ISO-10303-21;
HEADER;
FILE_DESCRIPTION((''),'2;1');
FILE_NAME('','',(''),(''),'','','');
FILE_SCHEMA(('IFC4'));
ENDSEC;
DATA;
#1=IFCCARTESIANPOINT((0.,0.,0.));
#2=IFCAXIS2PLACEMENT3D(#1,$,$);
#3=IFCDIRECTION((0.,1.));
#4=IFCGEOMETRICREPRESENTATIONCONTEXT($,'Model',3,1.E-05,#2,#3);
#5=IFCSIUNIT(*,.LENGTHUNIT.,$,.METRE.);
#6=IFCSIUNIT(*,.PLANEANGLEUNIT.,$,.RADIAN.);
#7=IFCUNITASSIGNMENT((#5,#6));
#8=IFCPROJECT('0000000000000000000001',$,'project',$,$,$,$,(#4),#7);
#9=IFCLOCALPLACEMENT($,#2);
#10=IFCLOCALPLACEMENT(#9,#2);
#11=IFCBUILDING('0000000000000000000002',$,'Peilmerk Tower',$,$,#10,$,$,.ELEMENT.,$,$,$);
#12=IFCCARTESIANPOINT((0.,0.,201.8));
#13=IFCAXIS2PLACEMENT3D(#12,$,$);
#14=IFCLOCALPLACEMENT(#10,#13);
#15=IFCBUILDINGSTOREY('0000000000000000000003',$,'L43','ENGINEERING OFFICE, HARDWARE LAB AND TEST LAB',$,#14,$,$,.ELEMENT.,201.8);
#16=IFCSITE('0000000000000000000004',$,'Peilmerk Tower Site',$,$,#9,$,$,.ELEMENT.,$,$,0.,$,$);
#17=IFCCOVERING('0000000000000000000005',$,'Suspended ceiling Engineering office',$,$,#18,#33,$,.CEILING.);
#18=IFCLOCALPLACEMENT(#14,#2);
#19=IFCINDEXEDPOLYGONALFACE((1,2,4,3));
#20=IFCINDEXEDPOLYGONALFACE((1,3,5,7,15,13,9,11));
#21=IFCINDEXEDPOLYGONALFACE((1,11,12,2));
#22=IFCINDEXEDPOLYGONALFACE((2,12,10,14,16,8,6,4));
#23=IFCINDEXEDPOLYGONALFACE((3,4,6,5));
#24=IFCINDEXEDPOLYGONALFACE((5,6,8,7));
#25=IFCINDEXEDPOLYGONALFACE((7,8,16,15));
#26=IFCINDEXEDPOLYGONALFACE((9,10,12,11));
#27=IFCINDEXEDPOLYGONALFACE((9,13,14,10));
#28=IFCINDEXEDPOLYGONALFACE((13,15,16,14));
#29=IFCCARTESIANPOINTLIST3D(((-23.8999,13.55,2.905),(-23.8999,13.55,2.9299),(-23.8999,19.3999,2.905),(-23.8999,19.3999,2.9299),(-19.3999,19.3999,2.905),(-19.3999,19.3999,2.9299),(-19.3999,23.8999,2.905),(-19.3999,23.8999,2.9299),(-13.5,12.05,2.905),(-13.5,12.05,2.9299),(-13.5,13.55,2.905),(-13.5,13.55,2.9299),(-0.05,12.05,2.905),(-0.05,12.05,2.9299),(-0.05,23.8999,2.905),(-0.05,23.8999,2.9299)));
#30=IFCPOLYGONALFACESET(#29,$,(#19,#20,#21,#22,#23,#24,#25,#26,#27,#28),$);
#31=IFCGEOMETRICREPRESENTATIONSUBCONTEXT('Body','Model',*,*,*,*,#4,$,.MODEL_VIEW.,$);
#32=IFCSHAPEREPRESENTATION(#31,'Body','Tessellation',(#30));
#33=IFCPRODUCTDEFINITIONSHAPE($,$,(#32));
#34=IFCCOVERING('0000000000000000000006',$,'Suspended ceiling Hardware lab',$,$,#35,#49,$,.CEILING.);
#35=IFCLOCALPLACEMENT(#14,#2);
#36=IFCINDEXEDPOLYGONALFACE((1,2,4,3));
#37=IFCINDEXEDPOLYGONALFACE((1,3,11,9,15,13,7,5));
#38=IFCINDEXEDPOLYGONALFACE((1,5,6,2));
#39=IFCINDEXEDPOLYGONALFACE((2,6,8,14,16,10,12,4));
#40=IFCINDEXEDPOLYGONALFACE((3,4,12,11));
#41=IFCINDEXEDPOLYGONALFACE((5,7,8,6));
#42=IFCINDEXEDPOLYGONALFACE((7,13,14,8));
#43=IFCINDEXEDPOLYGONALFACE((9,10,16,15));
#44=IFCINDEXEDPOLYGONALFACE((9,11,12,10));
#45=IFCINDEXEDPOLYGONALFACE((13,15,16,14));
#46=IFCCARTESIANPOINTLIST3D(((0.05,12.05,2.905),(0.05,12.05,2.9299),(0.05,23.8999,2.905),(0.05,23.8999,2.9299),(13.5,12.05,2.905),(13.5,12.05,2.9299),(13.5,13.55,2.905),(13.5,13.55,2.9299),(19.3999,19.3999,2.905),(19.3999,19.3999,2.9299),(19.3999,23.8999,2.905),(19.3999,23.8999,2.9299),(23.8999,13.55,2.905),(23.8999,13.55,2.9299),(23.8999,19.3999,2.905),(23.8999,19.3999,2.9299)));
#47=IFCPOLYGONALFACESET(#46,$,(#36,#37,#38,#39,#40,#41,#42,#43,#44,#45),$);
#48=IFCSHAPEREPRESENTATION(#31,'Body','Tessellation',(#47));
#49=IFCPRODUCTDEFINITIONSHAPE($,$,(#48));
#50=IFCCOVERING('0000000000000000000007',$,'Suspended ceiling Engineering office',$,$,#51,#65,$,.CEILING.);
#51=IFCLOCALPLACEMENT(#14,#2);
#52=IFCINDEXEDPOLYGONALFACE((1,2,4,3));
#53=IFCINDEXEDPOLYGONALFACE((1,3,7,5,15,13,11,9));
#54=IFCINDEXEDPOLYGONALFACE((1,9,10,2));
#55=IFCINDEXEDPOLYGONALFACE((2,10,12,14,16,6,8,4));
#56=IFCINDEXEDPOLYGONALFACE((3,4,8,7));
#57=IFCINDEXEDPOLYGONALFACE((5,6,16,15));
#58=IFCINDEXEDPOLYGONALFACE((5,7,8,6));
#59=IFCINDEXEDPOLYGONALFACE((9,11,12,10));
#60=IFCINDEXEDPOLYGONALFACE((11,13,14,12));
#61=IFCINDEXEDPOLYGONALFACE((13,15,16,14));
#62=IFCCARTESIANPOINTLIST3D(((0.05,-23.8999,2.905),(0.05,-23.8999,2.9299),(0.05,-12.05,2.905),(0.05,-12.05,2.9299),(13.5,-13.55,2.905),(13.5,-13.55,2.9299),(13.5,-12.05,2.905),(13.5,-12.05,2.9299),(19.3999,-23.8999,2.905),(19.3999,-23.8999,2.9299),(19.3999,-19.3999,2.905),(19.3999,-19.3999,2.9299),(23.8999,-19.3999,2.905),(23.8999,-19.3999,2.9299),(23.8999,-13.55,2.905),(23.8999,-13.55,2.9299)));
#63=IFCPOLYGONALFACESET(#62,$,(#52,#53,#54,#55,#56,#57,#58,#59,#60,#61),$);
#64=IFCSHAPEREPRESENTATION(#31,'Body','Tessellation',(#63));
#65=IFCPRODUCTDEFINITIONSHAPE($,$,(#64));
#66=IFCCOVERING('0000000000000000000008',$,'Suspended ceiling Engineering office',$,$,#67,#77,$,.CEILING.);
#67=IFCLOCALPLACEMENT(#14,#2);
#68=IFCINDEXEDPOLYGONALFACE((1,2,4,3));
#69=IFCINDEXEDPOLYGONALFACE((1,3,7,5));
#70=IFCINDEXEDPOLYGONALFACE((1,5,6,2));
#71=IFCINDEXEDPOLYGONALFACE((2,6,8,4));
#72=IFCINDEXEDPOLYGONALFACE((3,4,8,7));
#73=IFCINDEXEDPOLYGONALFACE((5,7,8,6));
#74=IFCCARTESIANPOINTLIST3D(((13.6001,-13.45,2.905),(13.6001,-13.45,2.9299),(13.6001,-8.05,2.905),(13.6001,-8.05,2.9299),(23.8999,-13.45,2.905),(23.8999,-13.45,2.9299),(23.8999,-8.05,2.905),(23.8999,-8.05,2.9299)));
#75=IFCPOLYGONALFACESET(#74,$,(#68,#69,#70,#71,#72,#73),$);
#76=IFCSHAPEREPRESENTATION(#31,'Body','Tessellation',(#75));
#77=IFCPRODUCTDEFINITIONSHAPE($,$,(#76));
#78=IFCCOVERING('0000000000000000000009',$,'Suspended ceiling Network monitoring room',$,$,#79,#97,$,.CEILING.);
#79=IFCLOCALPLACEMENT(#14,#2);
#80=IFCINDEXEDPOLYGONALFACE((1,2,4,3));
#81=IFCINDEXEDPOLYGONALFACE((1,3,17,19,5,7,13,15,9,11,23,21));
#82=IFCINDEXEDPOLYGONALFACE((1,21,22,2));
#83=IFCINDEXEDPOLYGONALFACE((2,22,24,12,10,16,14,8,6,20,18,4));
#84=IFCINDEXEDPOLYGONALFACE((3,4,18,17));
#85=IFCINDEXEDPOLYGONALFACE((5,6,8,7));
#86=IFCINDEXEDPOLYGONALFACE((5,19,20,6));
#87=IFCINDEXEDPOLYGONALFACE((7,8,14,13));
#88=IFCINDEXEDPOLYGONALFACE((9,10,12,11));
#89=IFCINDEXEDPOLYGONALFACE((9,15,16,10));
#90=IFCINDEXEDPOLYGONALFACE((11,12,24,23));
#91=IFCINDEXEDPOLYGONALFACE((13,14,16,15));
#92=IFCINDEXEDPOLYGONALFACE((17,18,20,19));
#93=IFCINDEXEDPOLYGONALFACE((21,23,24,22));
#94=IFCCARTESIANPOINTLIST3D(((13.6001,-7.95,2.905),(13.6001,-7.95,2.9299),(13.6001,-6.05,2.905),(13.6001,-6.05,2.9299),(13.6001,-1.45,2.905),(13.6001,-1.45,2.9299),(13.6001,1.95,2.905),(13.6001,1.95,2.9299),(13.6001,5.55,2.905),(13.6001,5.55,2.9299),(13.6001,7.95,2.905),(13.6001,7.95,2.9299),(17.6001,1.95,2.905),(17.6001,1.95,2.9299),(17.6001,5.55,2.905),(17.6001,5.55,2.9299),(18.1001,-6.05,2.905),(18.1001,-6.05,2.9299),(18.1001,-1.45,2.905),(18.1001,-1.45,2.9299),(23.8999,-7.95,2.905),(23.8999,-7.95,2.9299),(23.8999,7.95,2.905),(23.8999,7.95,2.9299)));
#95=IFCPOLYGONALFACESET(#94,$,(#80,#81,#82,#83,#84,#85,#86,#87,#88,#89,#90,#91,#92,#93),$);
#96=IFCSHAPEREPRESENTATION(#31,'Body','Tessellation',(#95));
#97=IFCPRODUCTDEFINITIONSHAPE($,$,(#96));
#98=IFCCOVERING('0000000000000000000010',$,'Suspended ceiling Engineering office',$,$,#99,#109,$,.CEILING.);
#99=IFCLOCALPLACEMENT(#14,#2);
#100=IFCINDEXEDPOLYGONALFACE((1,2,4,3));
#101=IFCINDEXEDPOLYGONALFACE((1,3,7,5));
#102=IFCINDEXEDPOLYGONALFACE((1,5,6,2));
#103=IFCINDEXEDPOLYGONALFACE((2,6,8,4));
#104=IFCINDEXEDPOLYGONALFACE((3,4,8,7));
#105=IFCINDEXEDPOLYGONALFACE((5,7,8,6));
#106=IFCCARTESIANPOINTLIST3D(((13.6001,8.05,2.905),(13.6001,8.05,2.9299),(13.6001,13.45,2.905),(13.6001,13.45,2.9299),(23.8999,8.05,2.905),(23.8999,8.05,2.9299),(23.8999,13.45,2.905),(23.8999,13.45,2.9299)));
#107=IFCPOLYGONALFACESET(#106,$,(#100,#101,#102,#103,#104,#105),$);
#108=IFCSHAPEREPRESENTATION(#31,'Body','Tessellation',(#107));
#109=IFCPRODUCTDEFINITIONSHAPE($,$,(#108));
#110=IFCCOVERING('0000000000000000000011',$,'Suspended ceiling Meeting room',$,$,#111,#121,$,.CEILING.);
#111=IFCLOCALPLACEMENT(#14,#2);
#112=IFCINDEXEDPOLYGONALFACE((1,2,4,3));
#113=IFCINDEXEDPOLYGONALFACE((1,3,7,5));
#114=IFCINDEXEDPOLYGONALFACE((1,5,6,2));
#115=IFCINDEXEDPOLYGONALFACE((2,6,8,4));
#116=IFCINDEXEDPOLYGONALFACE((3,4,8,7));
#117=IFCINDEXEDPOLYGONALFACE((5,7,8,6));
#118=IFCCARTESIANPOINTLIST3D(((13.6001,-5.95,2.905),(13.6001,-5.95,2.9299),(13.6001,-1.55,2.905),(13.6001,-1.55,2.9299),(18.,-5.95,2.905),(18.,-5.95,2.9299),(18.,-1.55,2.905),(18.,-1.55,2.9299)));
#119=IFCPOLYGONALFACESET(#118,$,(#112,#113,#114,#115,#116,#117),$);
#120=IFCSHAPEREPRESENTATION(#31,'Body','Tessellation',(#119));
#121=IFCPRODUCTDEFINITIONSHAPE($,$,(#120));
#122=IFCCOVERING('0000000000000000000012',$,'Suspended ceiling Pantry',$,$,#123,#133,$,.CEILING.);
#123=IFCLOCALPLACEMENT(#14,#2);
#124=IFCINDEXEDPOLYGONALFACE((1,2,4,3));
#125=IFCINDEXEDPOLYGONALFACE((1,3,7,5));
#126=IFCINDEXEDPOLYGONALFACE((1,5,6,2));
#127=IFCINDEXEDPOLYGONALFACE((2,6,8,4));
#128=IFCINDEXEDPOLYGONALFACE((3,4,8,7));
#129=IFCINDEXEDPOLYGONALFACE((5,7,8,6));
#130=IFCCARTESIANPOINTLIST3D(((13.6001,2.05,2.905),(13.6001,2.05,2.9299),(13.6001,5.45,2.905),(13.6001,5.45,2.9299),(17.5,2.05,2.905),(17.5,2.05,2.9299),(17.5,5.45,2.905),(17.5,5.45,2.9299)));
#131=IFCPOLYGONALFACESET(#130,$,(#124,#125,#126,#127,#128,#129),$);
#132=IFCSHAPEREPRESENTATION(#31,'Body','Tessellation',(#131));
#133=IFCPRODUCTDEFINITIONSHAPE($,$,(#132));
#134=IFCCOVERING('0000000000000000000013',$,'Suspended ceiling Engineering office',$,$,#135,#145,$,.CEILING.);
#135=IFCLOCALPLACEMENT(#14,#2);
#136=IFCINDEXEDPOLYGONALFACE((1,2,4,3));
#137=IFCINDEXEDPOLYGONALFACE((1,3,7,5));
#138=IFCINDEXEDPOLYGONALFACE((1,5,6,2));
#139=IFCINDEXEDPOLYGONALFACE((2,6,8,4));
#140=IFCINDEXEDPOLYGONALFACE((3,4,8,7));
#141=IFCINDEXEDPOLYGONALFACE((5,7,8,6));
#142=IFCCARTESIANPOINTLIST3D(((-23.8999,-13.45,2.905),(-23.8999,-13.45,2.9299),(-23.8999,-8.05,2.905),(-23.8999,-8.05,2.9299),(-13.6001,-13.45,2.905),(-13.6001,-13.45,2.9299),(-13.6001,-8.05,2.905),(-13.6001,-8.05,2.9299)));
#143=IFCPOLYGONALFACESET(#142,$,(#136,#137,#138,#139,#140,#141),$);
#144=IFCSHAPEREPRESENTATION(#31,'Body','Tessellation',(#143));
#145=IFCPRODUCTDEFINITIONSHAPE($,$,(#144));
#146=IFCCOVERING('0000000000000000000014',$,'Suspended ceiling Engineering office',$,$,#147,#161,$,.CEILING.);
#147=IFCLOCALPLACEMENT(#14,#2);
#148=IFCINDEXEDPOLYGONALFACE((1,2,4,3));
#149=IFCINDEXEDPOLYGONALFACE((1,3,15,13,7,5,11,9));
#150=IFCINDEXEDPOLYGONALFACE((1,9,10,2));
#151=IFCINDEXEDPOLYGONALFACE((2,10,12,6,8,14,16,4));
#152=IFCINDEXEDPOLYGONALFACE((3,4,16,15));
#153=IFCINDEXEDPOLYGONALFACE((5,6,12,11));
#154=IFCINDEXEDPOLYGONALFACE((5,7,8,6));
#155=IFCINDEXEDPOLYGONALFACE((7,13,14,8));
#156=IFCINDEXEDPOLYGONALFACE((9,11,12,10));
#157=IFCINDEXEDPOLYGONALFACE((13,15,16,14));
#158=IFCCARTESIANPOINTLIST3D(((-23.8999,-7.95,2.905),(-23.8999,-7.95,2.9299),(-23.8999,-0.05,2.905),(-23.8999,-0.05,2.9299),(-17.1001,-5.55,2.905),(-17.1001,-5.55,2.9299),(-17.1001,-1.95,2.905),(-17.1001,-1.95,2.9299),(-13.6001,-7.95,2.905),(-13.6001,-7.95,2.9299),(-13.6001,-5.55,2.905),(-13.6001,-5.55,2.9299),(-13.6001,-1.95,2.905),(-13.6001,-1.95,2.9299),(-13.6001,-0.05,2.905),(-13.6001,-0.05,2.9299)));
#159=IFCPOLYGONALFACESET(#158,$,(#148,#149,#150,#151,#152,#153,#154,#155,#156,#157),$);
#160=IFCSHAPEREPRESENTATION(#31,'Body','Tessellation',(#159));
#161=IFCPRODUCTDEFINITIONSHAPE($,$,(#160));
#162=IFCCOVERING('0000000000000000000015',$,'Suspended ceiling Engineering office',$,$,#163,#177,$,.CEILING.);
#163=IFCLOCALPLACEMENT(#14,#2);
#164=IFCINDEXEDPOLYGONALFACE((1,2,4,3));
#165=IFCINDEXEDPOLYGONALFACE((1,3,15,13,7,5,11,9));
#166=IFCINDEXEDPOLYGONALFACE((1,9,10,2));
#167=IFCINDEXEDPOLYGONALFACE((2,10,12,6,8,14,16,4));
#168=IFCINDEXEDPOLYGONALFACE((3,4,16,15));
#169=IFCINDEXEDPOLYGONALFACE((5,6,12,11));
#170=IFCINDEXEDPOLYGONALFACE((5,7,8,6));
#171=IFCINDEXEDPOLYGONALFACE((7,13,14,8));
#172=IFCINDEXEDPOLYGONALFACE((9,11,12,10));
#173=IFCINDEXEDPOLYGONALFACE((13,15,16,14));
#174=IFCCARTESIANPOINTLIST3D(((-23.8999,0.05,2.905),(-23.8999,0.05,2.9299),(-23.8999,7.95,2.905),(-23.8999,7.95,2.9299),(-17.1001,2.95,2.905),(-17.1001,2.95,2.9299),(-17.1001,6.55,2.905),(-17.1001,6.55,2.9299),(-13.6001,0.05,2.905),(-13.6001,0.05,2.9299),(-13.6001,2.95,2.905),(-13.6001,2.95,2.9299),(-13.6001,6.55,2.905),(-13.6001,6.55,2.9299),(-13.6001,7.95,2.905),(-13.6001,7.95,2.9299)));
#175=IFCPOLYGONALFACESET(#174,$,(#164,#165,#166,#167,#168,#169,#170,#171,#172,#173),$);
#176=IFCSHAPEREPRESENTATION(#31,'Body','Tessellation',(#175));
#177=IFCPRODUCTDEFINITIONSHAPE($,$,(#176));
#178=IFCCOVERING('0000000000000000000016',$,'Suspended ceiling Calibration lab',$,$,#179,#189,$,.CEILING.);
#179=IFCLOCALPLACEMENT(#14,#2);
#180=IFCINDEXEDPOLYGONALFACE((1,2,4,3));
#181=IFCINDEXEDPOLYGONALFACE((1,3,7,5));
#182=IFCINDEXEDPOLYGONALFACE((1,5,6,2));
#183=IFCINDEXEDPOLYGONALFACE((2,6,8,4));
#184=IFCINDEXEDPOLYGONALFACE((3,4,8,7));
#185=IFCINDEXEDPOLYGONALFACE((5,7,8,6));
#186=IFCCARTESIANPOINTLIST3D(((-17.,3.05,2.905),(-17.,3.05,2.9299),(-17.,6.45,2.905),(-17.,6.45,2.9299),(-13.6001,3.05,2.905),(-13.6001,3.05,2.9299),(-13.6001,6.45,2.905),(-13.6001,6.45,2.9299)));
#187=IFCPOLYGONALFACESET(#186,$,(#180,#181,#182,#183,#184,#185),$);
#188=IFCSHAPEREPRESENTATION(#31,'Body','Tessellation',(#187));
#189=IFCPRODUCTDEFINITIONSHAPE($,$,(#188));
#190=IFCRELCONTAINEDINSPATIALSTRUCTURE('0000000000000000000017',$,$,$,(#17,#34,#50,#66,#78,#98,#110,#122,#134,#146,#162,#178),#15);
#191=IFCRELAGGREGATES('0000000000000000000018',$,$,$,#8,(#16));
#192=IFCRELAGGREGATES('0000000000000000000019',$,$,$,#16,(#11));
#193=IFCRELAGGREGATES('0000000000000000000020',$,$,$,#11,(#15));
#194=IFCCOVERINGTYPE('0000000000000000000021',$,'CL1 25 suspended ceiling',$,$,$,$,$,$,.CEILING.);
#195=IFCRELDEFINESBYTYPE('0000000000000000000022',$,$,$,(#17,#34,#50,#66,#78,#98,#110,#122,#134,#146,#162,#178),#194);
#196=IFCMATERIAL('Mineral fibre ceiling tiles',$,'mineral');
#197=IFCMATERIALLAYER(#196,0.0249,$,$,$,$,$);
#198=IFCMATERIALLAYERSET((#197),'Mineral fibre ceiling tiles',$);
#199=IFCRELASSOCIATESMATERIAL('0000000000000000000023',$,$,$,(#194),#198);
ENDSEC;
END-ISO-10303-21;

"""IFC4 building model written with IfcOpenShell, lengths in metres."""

from ifc_helpers import new_model, si_unit, direction, frame, origin, place, context, subcontext, project, spatial, polyline, outline, extrude, material, layer, layer_set, type_object, element, save


model = new_model("IFC4")

# Units and contexts
model_context = context("Model", 3, precision=1e-05, world=origin(), true_north=direction((0.0, 1.0)))
body_context = subcontext(model_context, "Body", "Model", "MODEL_VIEW")
ifc_project = project(units=[si_unit("LENGTHUNIT", "METRE"), si_unit("PLANEANGLEUNIT", "RADIAN")], contexts=[model_context])

# Site, building, storey
site_placement = place(None, origin())
site = spatial("IfcSite", under=ifc_project, at=site_placement, Name="Peilmerk Tower Site", CompositionType="ELEMENT", RefElevation=0.0)
building_placement = place(site_placement, origin())
building = spatial("IfcBuilding", under=site, at=building_placement, Name="Peilmerk Tower", CompositionType="ELEMENT")
storey_placement = place(building_placement, frame((0.0, 0.0, 201.8)))
storey = spatial("IfcBuildingStorey", under=building, at=storey_placement, Name="L43", Description="ENGINEERING OFFICE, HARDWARE LAB AND TEST LAB", CompositionType="ELEMENT", Elevation=201.8)

# Coverings
ifc_material_1 = material(Name="Mineral fibre ceiling tiles", Category="mineral")
ifc_layer_1 = layer(ifc_material_1, 0.0249)
ifc_layer_set_1 = layer_set([ifc_layer_1], Name="Mineral fibre ceiling tiles")
covering_type = type_object("IfcCoveringType", Name="CL1 25 suspended ceiling", PredefinedType="CEILING", material=ifc_layer_set_1)
covering_1_placement = place(storey_placement, frame((0.0, 0.0, 2.905)))
element("IfcCovering", 1, at=covering_1_placement, inside=storey, type_object=covering_type, Name="Suspended ceiling Engineering office", PredefinedType="CEILING", context=body_context, shape_type="SweptSolid", body=[
    extrude(outline(polyline([(-23.8999, 19.3999), (-23.8999, 13.55), (-13.5, 13.55), (-13.5, 12.05), (-0.05, 12.05), (-0.05, 23.8999), (-19.3999, 23.8999), (-19.3999, 19.3999), (-23.8999, 19.3999)])), origin(), (0.0, 0.0, 1.0), 0.0249),
])
covering_2_placement = place(storey_placement, frame((0.0, 0.0, 2.905)))
element("IfcCovering", 2, at=covering_2_placement, inside=storey, type_object=covering_type, Name="Suspended ceiling Hardware lab", PredefinedType="CEILING", context=body_context, shape_type="SweptSolid", body=[
    extrude(outline(polyline([(19.3999, 23.8999), (0.05, 23.8999), (0.05, 12.05), (13.5, 12.05), (13.5, 13.55), (23.8999, 13.55), (23.8999, 19.3999), (19.3999, 19.3999), (19.3999, 23.8999)])), origin(), (0.0, 0.0, 1.0), 0.0249),
])
covering_3_placement = place(storey_placement, frame((0.0, 0.0, 2.905)))
element("IfcCovering", 3, at=covering_3_placement, inside=storey, type_object=covering_type, Name="Suspended ceiling Engineering office", PredefinedType="CEILING", context=body_context, shape_type="SweptSolid", body=[
    extrude(outline(polyline([(0.05, -23.8999), (19.3999, -23.8999), (19.3999, -19.3999), (23.8999, -19.3999), (23.8999, -13.55), (13.5, -13.55), (13.5, -12.05), (0.05, -12.05), (0.05, -23.8999)])), origin(), (0.0, 0.0, 1.0), 0.0249),
])
covering_4_placement = place(storey_placement, frame((0.0, 0.0, 2.905)))
element("IfcCovering", 4, at=covering_4_placement, inside=storey, type_object=covering_type, Name="Suspended ceiling Engineering office", PredefinedType="CEILING", context=body_context, shape_type="SweptSolid", body=[
    extrude(outline(polyline([(23.8999, -13.45), (23.8999, -8.05), (13.6001, -8.05), (13.6001, -13.45), (23.8999, -13.45)])), origin(), (0.0, 0.0, 1.0), 0.0249),
])
covering_5_placement = place(storey_placement, frame((0.0, 0.0, 2.905)))
element("IfcCovering", 5, at=covering_5_placement, inside=storey, type_object=covering_type, Name="Suspended ceiling Network monitoring room", PredefinedType="CEILING", context=body_context, shape_type="SweptSolid", body=[
    extrude(outline(polyline([(13.6001, -7.95), (23.8999, -7.95), (23.8999, 7.95), (13.6001, 7.95), (13.6001, 5.55), (17.6001, 5.55), (17.6001, 1.95), (13.6001, 1.95), (13.6001, -1.45), (18.1001, -1.45), (18.1001, -6.05), (13.6001, -6.05), (13.6001, -7.95)])), origin(), (0.0, 0.0, 1.0), 0.0249),
])
covering_6_placement = place(storey_placement, frame((0.0, 0.0, 2.905)))
element("IfcCovering", 6, at=covering_6_placement, inside=storey, type_object=covering_type, Name="Suspended ceiling Engineering office", PredefinedType="CEILING", context=body_context, shape_type="SweptSolid", body=[
    extrude(outline(polyline([(23.8999, 8.05), (23.8999, 13.45), (13.6001, 13.45), (13.6001, 8.05), (23.8999, 8.05)])), origin(), (0.0, 0.0, 1.0), 0.0249),
])
covering_7_placement = place(storey_placement, frame((0.0, 0.0, 2.905)))
element("IfcCovering", 7, at=covering_7_placement, inside=storey, type_object=covering_type, Name="Suspended ceiling Meeting room", PredefinedType="CEILING", context=body_context, shape_type="SweptSolid", body=[
    extrude(outline(polyline([(18.0, -5.95), (18.0, -1.55), (13.6001, -1.55), (13.6001, -5.95), (18.0, -5.95)])), origin(), (0.0, 0.0, 1.0), 0.0249),
])
covering_8_placement = place(storey_placement, frame((0.0, 0.0, 2.905)))
element("IfcCovering", 8, at=covering_8_placement, inside=storey, type_object=covering_type, Name="Suspended ceiling Pantry", PredefinedType="CEILING", context=body_context, shape_type="SweptSolid", body=[
    extrude(outline(polyline([(17.5, 2.05), (17.5, 5.45), (13.6001, 5.45), (13.6001, 2.05), (17.5, 2.05)])), origin(), (0.0, 0.0, 1.0), 0.0249),
])
covering_9_placement = place(storey_placement, frame((0.0, 0.0, 2.905)))
element("IfcCovering", 9, at=covering_9_placement, inside=storey, type_object=covering_type, Name="Suspended ceiling Engineering office", PredefinedType="CEILING", context=body_context, shape_type="SweptSolid", body=[
    extrude(outline(polyline([(-23.8999, -8.05), (-23.8999, -13.45), (-13.6001, -13.45), (-13.6001, -8.05), (-23.8999, -8.05)])), origin(), (0.0, 0.0, 1.0), 0.0249),
])
covering_10_placement = place(storey_placement, frame((0.0, 0.0, 2.905)))
element("IfcCovering", 10, at=covering_10_placement, inside=storey, type_object=covering_type, Name="Suspended ceiling Engineering office", PredefinedType="CEILING", context=body_context, shape_type="SweptSolid", body=[
    extrude(outline(polyline([(-13.6001, -0.05), (-23.8999, -0.05), (-23.8999, -7.95), (-13.6001, -7.95), (-13.6001, -5.55), (-17.1001, -5.55), (-17.1001, -1.95), (-13.6001, -1.95), (-13.6001, -0.05)])), origin(), (0.0, 0.0, 1.0), 0.0249),
])
covering_11_placement = place(storey_placement, frame((0.0, 0.0, 2.905)))
element("IfcCovering", 11, at=covering_11_placement, inside=storey, type_object=covering_type, Name="Suspended ceiling Engineering office", PredefinedType="CEILING", context=body_context, shape_type="SweptSolid", body=[
    extrude(outline(polyline([(-13.6001, 7.95), (-23.8999, 7.95), (-23.8999, 0.05), (-13.6001, 0.05), (-13.6001, 2.95), (-17.1001, 2.95), (-17.1001, 6.55), (-13.6001, 6.55), (-13.6001, 7.95)])), origin(), (0.0, 0.0, 1.0), 0.0249),
])
covering_12_placement = place(storey_placement, frame((0.0, 0.0, 2.905)))
element("IfcCovering", 12, at=covering_12_placement, inside=storey, type_object=covering_type, Name="Suspended ceiling Calibration lab", PredefinedType="CEILING", context=body_context, shape_type="SweptSolid", body=[
    extrude(outline(polyline([(-13.6001, 3.05), (-13.6001, 6.45), (-17.0, 6.45), (-17.0, 3.05), (-13.6001, 3.05)])), origin(), (0.0, 0.0, 1.0), 0.0249),
])

save(model, "model.ifc")
